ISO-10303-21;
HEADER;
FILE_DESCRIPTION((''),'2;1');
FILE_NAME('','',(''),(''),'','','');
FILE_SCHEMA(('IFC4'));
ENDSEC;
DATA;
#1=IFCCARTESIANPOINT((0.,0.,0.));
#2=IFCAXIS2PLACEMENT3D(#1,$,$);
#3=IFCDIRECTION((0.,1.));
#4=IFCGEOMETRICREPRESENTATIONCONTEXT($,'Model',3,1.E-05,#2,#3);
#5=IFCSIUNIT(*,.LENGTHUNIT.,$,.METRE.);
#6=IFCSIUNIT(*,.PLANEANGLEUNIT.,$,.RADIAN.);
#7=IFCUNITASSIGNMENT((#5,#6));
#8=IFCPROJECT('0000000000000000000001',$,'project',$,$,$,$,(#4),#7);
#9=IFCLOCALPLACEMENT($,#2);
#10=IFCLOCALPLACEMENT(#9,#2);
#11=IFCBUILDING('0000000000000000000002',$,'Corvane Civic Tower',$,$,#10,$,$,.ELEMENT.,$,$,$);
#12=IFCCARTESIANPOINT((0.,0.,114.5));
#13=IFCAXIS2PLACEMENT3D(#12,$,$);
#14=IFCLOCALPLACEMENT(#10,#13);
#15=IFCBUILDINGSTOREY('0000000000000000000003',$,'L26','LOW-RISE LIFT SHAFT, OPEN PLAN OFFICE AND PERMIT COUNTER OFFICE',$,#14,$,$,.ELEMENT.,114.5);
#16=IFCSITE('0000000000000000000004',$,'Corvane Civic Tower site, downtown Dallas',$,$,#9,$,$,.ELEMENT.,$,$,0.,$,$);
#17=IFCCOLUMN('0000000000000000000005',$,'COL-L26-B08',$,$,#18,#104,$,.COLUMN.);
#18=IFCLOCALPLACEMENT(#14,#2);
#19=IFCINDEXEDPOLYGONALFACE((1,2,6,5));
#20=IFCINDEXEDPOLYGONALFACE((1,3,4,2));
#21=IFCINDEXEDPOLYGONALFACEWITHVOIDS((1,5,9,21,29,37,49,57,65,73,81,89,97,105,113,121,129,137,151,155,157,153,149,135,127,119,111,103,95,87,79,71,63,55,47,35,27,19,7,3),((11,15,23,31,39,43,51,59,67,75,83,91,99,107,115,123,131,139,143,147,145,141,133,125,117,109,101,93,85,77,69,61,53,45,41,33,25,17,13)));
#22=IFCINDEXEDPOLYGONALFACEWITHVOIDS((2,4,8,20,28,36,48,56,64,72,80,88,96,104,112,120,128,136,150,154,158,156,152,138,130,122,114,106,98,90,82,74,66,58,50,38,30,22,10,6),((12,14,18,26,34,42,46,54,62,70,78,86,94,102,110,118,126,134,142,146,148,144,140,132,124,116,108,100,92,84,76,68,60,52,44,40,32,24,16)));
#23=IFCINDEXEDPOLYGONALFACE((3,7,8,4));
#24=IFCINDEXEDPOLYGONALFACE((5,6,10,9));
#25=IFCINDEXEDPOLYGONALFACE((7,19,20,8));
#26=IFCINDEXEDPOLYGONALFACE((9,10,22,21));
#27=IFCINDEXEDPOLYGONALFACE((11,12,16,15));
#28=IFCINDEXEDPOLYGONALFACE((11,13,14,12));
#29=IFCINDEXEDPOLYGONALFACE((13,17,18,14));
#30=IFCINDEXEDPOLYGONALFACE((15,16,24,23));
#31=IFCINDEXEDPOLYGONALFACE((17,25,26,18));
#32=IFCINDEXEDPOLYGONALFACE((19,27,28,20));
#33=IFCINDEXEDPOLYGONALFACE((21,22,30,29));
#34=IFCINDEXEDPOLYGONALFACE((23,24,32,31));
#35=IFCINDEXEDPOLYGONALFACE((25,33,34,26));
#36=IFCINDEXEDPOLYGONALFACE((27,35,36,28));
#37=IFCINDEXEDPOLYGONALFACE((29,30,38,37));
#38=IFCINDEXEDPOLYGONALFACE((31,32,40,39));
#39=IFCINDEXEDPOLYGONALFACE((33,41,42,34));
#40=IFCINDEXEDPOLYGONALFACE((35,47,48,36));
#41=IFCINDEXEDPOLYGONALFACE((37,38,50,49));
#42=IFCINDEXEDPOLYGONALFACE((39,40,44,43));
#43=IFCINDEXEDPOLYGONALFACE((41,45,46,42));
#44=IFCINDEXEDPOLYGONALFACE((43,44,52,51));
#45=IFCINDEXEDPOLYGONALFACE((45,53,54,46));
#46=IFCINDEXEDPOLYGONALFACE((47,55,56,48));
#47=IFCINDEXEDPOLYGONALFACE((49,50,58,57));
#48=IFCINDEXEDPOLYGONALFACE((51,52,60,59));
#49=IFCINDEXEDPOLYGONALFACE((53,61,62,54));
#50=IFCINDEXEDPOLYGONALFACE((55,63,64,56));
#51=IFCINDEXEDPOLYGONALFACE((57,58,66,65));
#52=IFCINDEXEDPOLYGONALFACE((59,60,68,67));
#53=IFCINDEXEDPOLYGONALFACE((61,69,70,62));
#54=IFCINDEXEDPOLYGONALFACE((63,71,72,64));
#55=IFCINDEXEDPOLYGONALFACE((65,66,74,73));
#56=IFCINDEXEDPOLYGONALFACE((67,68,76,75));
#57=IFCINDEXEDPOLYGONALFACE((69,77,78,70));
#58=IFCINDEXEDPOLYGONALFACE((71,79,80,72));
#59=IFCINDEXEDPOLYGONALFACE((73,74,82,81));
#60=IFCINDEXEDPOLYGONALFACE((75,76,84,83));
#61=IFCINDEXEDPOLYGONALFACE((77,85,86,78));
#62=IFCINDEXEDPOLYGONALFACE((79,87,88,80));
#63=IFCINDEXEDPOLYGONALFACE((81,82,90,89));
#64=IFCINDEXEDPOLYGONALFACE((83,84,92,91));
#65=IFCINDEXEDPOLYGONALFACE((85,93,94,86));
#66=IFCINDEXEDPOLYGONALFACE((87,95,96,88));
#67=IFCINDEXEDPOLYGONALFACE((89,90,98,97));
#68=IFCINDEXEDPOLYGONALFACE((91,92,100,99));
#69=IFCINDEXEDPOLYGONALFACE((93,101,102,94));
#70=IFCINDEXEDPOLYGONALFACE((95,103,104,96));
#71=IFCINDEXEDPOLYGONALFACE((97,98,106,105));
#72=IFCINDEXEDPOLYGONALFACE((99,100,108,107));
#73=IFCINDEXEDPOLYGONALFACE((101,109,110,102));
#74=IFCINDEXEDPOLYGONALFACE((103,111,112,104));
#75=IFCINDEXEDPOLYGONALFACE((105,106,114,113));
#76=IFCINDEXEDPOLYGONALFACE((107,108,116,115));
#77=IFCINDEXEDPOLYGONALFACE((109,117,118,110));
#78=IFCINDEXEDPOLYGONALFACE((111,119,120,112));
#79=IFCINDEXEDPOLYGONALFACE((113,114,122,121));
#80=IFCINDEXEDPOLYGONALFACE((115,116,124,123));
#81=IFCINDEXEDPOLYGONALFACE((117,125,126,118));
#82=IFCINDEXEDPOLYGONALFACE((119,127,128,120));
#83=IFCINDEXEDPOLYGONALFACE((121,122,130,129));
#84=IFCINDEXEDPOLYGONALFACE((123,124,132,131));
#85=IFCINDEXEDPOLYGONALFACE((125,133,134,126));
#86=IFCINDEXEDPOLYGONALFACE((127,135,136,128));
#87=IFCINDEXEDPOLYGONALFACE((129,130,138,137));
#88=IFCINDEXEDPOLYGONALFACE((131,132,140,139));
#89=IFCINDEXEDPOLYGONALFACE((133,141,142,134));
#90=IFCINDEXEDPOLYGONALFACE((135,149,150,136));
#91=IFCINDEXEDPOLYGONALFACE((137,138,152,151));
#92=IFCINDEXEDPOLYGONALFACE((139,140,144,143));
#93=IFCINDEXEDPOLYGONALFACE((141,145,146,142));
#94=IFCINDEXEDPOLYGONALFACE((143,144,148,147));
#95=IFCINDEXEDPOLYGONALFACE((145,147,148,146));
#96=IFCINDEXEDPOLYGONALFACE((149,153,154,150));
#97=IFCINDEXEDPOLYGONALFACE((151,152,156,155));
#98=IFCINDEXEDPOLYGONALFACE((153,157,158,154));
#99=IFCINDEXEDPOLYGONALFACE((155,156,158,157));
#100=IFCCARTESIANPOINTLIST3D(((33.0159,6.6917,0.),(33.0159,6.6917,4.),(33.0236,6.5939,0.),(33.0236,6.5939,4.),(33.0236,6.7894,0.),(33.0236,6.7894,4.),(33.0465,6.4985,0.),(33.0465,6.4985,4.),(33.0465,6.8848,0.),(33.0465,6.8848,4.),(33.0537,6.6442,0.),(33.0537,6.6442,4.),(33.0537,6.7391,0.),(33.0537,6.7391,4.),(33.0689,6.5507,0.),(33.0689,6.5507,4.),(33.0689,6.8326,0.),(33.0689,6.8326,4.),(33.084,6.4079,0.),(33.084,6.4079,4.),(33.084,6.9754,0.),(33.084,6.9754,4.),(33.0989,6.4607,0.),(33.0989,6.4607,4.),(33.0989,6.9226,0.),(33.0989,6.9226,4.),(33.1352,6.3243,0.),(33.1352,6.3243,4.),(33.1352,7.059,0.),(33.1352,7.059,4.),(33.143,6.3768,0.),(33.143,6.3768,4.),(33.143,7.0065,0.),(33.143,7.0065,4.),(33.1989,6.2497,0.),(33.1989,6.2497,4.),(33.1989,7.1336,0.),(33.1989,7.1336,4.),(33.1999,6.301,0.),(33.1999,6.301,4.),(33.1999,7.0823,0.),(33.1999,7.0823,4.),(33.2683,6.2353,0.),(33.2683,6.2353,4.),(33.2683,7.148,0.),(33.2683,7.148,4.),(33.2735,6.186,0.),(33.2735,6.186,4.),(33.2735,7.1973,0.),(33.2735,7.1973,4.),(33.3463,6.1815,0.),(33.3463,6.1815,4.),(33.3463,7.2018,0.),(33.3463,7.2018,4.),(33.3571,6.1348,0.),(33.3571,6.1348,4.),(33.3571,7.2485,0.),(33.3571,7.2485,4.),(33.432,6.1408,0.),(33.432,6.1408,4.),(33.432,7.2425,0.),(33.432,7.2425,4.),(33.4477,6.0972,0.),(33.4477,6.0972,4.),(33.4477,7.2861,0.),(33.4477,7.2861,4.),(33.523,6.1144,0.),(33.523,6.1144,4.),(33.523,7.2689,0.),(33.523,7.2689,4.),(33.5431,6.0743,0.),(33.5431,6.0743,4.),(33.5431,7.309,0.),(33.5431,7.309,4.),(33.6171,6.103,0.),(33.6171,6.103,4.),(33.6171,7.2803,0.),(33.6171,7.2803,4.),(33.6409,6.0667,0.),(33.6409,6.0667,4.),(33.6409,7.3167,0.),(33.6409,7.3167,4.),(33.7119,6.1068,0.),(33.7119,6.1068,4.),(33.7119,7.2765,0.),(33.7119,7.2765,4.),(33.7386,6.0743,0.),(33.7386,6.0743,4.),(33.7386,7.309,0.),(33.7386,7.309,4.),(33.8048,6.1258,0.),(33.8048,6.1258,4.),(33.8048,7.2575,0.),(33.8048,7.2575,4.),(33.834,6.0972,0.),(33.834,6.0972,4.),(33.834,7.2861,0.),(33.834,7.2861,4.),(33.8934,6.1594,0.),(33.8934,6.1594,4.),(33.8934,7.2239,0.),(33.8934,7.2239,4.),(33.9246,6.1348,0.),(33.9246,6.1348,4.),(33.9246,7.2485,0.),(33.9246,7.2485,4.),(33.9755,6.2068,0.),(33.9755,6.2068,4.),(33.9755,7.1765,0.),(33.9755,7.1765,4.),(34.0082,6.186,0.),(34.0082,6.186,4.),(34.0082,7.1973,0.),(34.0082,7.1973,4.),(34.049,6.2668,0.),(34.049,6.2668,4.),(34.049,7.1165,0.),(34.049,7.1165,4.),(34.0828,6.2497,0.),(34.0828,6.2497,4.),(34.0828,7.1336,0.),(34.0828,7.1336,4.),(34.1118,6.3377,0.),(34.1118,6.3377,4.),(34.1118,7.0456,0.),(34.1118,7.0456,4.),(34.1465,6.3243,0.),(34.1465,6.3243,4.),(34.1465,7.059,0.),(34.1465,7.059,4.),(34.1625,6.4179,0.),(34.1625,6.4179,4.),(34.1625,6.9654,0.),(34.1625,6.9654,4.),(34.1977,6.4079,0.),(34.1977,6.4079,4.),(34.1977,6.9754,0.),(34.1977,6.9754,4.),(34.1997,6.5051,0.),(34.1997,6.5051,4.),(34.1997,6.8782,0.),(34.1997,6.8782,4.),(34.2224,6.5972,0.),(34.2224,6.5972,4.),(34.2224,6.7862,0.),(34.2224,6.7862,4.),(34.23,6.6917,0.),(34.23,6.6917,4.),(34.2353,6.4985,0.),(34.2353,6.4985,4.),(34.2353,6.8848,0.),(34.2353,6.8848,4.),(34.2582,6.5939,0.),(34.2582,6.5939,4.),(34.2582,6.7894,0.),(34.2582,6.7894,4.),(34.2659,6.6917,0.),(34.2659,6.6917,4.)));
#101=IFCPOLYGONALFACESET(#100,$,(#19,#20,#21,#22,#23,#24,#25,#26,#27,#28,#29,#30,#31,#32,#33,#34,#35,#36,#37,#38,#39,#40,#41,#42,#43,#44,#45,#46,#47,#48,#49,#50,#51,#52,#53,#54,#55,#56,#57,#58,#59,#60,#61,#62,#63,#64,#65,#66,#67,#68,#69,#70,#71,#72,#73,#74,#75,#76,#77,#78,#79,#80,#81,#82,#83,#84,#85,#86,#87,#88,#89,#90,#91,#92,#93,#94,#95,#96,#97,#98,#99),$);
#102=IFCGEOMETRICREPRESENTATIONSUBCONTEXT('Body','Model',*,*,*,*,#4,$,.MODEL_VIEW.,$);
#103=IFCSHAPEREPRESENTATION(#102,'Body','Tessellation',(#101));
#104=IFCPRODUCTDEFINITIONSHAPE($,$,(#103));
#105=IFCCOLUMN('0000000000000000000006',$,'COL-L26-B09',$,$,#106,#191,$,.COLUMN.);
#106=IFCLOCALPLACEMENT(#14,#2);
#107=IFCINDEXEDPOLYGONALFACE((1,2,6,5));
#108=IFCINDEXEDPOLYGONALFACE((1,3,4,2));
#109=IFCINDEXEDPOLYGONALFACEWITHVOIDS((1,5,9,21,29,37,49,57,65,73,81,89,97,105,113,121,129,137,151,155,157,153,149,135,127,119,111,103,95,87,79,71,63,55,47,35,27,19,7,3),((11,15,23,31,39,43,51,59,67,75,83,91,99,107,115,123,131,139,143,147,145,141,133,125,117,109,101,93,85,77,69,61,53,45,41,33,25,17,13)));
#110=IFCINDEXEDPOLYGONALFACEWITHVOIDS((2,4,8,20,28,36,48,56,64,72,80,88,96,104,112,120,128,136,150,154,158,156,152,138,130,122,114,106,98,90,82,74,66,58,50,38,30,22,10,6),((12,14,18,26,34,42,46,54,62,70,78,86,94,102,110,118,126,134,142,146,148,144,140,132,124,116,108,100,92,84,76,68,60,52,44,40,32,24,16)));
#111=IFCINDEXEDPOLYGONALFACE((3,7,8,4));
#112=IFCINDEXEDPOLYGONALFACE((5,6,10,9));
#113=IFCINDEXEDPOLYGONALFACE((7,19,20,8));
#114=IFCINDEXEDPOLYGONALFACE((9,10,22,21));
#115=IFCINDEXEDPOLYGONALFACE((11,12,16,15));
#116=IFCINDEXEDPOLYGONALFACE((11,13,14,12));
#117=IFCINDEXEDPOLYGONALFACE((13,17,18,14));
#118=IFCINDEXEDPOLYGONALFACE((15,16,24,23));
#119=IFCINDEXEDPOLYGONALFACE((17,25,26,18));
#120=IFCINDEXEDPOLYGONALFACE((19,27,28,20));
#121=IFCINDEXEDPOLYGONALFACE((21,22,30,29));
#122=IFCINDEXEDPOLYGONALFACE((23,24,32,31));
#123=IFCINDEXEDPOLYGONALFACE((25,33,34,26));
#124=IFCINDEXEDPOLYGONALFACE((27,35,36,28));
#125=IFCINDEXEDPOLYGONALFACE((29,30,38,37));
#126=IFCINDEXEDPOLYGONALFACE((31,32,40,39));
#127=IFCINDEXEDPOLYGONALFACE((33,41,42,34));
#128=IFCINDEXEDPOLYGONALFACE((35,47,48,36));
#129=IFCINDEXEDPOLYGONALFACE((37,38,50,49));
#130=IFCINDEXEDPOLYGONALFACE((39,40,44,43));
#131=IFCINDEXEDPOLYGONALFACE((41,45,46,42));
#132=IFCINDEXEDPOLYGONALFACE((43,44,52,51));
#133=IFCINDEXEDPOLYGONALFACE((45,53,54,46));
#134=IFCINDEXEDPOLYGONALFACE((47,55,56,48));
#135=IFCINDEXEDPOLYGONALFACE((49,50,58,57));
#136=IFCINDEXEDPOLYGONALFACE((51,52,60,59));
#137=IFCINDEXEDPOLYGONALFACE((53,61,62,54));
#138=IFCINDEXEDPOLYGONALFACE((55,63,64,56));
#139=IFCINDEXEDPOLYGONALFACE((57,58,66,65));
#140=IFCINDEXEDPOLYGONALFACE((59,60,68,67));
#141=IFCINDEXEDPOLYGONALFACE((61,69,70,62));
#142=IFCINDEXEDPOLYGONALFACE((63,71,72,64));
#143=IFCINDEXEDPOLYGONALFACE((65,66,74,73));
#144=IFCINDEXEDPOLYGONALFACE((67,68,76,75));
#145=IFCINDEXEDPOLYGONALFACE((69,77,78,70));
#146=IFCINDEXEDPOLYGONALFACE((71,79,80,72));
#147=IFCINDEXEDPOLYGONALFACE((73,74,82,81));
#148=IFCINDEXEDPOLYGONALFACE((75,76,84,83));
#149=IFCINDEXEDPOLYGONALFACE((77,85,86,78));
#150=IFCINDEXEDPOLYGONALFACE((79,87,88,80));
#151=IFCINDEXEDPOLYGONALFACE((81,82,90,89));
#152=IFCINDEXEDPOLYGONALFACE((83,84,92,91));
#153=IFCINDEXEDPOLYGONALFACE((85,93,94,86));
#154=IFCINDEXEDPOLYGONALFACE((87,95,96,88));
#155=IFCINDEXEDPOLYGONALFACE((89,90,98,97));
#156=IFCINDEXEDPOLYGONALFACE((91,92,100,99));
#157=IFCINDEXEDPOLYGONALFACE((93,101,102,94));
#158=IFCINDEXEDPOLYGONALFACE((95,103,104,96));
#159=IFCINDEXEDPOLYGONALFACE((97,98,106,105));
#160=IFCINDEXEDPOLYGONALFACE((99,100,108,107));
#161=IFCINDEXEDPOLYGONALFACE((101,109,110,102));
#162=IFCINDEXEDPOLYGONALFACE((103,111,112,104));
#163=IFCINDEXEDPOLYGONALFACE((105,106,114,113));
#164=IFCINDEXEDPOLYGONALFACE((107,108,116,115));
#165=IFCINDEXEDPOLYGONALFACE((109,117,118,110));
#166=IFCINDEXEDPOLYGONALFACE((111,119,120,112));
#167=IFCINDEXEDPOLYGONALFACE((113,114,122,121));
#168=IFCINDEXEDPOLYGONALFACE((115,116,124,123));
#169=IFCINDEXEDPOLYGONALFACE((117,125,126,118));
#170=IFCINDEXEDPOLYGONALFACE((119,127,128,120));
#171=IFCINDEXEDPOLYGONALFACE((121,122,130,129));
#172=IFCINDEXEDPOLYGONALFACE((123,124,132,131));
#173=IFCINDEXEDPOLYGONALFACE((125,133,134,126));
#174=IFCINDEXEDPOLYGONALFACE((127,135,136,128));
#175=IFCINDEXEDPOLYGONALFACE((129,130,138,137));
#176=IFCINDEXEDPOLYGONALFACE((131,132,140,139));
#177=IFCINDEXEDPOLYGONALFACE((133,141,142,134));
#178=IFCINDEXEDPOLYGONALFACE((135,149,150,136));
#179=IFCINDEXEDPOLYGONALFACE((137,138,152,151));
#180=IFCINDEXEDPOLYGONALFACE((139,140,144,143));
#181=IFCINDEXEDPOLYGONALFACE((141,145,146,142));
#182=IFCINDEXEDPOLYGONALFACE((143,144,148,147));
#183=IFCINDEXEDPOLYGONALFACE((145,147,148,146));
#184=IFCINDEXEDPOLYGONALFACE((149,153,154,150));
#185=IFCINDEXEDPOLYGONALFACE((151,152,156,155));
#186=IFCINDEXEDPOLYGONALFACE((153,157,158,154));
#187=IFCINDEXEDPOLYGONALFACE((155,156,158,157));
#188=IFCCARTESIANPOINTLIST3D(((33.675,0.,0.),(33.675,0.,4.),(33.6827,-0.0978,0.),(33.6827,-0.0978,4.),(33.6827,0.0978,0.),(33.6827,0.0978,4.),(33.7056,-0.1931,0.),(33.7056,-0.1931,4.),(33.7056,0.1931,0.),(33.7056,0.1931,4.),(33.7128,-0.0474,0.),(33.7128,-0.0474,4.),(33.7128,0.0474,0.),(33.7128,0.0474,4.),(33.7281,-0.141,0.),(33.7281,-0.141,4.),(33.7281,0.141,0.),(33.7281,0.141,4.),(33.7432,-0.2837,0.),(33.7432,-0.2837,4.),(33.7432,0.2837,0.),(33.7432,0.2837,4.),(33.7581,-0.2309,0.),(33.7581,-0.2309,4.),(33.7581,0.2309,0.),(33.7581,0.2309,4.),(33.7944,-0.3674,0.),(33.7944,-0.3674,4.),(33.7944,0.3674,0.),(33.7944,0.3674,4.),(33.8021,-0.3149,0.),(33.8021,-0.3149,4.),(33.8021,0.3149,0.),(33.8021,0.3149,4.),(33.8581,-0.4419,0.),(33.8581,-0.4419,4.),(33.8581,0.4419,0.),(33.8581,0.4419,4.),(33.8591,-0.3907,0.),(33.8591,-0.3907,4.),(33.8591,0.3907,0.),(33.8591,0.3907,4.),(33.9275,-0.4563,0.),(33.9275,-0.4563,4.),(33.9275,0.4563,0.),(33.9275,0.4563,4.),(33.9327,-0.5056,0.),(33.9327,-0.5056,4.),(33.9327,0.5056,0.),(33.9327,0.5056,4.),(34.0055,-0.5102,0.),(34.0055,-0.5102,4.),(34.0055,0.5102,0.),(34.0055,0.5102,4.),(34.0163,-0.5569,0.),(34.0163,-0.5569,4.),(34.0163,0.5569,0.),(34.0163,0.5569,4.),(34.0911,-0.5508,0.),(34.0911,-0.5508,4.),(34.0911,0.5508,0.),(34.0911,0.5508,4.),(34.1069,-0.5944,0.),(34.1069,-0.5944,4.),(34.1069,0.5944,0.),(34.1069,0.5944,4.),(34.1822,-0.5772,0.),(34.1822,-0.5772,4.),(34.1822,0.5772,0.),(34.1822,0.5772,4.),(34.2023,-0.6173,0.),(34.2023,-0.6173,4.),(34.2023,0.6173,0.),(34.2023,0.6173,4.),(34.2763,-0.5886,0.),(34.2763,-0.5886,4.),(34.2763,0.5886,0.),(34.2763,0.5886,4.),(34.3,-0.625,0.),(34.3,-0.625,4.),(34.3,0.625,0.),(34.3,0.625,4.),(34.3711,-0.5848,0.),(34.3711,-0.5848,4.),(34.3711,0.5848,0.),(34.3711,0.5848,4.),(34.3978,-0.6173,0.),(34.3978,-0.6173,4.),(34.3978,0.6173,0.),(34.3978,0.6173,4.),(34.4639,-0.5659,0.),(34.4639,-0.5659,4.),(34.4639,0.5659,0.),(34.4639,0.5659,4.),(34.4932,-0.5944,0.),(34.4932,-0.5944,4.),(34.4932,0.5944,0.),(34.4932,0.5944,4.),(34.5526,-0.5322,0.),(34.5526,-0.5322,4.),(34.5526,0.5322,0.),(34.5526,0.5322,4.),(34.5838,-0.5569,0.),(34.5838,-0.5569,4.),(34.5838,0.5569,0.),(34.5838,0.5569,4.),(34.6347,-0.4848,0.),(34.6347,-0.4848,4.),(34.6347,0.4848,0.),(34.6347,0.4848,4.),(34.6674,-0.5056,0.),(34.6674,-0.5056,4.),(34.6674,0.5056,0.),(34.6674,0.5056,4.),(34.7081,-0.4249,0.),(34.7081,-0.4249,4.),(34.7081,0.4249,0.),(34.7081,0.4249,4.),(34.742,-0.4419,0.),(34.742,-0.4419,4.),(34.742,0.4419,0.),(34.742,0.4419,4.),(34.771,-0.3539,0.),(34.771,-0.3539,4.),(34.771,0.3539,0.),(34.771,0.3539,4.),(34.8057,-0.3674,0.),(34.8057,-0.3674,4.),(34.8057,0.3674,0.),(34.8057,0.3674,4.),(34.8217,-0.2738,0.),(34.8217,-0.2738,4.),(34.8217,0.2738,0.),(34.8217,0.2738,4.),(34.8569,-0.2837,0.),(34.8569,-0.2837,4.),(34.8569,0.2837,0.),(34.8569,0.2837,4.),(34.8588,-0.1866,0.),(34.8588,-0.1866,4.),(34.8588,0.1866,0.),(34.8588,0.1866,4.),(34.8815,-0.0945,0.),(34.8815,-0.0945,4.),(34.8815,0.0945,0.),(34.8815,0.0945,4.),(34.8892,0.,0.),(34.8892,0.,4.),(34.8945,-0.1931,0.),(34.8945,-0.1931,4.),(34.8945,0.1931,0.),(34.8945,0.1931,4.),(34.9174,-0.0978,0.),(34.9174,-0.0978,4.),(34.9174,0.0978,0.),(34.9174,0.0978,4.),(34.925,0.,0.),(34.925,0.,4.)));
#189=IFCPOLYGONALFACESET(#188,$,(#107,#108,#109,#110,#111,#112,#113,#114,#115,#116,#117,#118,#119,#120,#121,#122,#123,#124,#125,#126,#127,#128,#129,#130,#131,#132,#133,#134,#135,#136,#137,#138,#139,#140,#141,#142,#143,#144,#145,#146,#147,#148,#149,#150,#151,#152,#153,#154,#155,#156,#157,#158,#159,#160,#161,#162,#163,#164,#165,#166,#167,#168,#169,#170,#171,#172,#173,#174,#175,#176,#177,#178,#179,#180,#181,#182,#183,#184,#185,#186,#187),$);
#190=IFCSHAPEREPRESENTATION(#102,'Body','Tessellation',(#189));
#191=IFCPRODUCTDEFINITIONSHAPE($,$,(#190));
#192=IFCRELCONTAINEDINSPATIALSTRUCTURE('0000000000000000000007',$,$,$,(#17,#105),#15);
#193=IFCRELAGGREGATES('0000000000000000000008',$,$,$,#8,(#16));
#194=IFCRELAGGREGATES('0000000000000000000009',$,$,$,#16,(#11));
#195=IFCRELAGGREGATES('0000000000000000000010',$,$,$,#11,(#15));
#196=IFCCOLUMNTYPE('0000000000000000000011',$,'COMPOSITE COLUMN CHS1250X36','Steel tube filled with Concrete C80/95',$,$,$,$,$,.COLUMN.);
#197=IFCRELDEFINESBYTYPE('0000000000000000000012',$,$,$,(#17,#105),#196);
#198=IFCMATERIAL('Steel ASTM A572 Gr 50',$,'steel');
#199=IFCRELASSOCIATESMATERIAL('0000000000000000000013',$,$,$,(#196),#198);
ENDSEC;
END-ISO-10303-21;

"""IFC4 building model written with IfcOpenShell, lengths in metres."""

from ifc_helpers import new_model, si_unit, direction, frame, origin, origin_2d, place, context, subcontext, project, spatial, hollow_circle, extrude, material, material_profile, profile_set, type_object, element, save


model = new_model("IFC4")

# Units and contexts
model_context = context("Model", 3, precision=1e-05, world=origin(), true_north=direction((0.0, 1.0)))
body_context = subcontext(model_context, "Body", "Model", "MODEL_VIEW")
ifc_project = project(units=[si_unit("LENGTHUNIT", "METRE"), si_unit("PLANEANGLEUNIT", "RADIAN")], contexts=[model_context])

# Site, building, storey
site_placement = place(None, origin())
site = spatial("IfcSite", under=ifc_project, at=site_placement, Name="Corvane Civic Tower site, downtown Dallas", CompositionType="ELEMENT", RefElevation=0.0)
building_placement = place(site_placement, origin())
building = spatial("IfcBuilding", under=site, at=building_placement, Name="Corvane Civic Tower", CompositionType="ELEMENT")
storey_placement = place(building_placement, frame((0.0, 0.0, 114.5)))
storey = spatial("IfcBuildingStorey", under=building, at=storey_placement, Name="L26", Description="LOW-RISE LIFT SHAFT, OPEN PLAN OFFICE AND PERMIT COUNTER OFFICE", CompositionType="ELEMENT", Elevation=114.5)

# Columns
ifc_material_1 = material(Name="Steel ASTM A572 Gr 50", Category="steel")
ifc_material_profile_1 = material_profile(ifc_material_1, hollow_circle(Radius=0.625, WallThickness=0.0359, at=origin_2d()), Name="CHS1250X36")
ifc_profile_set_1 = profile_set([ifc_material_profile_1], Name="Steel ASTM A572 Gr 50")
column_type = type_object("IfcColumnType", Name="COMPOSITE COLUMN CHS1250X36", Description="Steel tube filled with Concrete C80/95", PredefinedType="COLUMN", material=ifc_profile_set_1)
for number, where, z_axis, x_axis, name in (
    (1, (33.6409, 6.6917, 0.0), (0.0, 0.0, 1.0), (1.0, 0.0, 0.0), "COL-L26-B08"),
    (2, (34.3, 0.0, 0.0), (0.0, 0.0, 1.0), (1.0, 0.0, 0.0), "COL-L26-B09"),
):
    element("IfcColumn", number, at=place(storey_placement, frame(where, z_axis=z_axis, x_axis=x_axis)), inside=storey, type_object=column_type, Name=name, PredefinedType="COLUMN", context=body_context, shape_type="SweptSolid", body=[
        extrude(hollow_circle(Radius=0.625, WallThickness=0.0359, at=origin_2d()), origin(), (0.0, 0.0, 1.0), 4.0),
    ])

save(model, "model.ifc")
